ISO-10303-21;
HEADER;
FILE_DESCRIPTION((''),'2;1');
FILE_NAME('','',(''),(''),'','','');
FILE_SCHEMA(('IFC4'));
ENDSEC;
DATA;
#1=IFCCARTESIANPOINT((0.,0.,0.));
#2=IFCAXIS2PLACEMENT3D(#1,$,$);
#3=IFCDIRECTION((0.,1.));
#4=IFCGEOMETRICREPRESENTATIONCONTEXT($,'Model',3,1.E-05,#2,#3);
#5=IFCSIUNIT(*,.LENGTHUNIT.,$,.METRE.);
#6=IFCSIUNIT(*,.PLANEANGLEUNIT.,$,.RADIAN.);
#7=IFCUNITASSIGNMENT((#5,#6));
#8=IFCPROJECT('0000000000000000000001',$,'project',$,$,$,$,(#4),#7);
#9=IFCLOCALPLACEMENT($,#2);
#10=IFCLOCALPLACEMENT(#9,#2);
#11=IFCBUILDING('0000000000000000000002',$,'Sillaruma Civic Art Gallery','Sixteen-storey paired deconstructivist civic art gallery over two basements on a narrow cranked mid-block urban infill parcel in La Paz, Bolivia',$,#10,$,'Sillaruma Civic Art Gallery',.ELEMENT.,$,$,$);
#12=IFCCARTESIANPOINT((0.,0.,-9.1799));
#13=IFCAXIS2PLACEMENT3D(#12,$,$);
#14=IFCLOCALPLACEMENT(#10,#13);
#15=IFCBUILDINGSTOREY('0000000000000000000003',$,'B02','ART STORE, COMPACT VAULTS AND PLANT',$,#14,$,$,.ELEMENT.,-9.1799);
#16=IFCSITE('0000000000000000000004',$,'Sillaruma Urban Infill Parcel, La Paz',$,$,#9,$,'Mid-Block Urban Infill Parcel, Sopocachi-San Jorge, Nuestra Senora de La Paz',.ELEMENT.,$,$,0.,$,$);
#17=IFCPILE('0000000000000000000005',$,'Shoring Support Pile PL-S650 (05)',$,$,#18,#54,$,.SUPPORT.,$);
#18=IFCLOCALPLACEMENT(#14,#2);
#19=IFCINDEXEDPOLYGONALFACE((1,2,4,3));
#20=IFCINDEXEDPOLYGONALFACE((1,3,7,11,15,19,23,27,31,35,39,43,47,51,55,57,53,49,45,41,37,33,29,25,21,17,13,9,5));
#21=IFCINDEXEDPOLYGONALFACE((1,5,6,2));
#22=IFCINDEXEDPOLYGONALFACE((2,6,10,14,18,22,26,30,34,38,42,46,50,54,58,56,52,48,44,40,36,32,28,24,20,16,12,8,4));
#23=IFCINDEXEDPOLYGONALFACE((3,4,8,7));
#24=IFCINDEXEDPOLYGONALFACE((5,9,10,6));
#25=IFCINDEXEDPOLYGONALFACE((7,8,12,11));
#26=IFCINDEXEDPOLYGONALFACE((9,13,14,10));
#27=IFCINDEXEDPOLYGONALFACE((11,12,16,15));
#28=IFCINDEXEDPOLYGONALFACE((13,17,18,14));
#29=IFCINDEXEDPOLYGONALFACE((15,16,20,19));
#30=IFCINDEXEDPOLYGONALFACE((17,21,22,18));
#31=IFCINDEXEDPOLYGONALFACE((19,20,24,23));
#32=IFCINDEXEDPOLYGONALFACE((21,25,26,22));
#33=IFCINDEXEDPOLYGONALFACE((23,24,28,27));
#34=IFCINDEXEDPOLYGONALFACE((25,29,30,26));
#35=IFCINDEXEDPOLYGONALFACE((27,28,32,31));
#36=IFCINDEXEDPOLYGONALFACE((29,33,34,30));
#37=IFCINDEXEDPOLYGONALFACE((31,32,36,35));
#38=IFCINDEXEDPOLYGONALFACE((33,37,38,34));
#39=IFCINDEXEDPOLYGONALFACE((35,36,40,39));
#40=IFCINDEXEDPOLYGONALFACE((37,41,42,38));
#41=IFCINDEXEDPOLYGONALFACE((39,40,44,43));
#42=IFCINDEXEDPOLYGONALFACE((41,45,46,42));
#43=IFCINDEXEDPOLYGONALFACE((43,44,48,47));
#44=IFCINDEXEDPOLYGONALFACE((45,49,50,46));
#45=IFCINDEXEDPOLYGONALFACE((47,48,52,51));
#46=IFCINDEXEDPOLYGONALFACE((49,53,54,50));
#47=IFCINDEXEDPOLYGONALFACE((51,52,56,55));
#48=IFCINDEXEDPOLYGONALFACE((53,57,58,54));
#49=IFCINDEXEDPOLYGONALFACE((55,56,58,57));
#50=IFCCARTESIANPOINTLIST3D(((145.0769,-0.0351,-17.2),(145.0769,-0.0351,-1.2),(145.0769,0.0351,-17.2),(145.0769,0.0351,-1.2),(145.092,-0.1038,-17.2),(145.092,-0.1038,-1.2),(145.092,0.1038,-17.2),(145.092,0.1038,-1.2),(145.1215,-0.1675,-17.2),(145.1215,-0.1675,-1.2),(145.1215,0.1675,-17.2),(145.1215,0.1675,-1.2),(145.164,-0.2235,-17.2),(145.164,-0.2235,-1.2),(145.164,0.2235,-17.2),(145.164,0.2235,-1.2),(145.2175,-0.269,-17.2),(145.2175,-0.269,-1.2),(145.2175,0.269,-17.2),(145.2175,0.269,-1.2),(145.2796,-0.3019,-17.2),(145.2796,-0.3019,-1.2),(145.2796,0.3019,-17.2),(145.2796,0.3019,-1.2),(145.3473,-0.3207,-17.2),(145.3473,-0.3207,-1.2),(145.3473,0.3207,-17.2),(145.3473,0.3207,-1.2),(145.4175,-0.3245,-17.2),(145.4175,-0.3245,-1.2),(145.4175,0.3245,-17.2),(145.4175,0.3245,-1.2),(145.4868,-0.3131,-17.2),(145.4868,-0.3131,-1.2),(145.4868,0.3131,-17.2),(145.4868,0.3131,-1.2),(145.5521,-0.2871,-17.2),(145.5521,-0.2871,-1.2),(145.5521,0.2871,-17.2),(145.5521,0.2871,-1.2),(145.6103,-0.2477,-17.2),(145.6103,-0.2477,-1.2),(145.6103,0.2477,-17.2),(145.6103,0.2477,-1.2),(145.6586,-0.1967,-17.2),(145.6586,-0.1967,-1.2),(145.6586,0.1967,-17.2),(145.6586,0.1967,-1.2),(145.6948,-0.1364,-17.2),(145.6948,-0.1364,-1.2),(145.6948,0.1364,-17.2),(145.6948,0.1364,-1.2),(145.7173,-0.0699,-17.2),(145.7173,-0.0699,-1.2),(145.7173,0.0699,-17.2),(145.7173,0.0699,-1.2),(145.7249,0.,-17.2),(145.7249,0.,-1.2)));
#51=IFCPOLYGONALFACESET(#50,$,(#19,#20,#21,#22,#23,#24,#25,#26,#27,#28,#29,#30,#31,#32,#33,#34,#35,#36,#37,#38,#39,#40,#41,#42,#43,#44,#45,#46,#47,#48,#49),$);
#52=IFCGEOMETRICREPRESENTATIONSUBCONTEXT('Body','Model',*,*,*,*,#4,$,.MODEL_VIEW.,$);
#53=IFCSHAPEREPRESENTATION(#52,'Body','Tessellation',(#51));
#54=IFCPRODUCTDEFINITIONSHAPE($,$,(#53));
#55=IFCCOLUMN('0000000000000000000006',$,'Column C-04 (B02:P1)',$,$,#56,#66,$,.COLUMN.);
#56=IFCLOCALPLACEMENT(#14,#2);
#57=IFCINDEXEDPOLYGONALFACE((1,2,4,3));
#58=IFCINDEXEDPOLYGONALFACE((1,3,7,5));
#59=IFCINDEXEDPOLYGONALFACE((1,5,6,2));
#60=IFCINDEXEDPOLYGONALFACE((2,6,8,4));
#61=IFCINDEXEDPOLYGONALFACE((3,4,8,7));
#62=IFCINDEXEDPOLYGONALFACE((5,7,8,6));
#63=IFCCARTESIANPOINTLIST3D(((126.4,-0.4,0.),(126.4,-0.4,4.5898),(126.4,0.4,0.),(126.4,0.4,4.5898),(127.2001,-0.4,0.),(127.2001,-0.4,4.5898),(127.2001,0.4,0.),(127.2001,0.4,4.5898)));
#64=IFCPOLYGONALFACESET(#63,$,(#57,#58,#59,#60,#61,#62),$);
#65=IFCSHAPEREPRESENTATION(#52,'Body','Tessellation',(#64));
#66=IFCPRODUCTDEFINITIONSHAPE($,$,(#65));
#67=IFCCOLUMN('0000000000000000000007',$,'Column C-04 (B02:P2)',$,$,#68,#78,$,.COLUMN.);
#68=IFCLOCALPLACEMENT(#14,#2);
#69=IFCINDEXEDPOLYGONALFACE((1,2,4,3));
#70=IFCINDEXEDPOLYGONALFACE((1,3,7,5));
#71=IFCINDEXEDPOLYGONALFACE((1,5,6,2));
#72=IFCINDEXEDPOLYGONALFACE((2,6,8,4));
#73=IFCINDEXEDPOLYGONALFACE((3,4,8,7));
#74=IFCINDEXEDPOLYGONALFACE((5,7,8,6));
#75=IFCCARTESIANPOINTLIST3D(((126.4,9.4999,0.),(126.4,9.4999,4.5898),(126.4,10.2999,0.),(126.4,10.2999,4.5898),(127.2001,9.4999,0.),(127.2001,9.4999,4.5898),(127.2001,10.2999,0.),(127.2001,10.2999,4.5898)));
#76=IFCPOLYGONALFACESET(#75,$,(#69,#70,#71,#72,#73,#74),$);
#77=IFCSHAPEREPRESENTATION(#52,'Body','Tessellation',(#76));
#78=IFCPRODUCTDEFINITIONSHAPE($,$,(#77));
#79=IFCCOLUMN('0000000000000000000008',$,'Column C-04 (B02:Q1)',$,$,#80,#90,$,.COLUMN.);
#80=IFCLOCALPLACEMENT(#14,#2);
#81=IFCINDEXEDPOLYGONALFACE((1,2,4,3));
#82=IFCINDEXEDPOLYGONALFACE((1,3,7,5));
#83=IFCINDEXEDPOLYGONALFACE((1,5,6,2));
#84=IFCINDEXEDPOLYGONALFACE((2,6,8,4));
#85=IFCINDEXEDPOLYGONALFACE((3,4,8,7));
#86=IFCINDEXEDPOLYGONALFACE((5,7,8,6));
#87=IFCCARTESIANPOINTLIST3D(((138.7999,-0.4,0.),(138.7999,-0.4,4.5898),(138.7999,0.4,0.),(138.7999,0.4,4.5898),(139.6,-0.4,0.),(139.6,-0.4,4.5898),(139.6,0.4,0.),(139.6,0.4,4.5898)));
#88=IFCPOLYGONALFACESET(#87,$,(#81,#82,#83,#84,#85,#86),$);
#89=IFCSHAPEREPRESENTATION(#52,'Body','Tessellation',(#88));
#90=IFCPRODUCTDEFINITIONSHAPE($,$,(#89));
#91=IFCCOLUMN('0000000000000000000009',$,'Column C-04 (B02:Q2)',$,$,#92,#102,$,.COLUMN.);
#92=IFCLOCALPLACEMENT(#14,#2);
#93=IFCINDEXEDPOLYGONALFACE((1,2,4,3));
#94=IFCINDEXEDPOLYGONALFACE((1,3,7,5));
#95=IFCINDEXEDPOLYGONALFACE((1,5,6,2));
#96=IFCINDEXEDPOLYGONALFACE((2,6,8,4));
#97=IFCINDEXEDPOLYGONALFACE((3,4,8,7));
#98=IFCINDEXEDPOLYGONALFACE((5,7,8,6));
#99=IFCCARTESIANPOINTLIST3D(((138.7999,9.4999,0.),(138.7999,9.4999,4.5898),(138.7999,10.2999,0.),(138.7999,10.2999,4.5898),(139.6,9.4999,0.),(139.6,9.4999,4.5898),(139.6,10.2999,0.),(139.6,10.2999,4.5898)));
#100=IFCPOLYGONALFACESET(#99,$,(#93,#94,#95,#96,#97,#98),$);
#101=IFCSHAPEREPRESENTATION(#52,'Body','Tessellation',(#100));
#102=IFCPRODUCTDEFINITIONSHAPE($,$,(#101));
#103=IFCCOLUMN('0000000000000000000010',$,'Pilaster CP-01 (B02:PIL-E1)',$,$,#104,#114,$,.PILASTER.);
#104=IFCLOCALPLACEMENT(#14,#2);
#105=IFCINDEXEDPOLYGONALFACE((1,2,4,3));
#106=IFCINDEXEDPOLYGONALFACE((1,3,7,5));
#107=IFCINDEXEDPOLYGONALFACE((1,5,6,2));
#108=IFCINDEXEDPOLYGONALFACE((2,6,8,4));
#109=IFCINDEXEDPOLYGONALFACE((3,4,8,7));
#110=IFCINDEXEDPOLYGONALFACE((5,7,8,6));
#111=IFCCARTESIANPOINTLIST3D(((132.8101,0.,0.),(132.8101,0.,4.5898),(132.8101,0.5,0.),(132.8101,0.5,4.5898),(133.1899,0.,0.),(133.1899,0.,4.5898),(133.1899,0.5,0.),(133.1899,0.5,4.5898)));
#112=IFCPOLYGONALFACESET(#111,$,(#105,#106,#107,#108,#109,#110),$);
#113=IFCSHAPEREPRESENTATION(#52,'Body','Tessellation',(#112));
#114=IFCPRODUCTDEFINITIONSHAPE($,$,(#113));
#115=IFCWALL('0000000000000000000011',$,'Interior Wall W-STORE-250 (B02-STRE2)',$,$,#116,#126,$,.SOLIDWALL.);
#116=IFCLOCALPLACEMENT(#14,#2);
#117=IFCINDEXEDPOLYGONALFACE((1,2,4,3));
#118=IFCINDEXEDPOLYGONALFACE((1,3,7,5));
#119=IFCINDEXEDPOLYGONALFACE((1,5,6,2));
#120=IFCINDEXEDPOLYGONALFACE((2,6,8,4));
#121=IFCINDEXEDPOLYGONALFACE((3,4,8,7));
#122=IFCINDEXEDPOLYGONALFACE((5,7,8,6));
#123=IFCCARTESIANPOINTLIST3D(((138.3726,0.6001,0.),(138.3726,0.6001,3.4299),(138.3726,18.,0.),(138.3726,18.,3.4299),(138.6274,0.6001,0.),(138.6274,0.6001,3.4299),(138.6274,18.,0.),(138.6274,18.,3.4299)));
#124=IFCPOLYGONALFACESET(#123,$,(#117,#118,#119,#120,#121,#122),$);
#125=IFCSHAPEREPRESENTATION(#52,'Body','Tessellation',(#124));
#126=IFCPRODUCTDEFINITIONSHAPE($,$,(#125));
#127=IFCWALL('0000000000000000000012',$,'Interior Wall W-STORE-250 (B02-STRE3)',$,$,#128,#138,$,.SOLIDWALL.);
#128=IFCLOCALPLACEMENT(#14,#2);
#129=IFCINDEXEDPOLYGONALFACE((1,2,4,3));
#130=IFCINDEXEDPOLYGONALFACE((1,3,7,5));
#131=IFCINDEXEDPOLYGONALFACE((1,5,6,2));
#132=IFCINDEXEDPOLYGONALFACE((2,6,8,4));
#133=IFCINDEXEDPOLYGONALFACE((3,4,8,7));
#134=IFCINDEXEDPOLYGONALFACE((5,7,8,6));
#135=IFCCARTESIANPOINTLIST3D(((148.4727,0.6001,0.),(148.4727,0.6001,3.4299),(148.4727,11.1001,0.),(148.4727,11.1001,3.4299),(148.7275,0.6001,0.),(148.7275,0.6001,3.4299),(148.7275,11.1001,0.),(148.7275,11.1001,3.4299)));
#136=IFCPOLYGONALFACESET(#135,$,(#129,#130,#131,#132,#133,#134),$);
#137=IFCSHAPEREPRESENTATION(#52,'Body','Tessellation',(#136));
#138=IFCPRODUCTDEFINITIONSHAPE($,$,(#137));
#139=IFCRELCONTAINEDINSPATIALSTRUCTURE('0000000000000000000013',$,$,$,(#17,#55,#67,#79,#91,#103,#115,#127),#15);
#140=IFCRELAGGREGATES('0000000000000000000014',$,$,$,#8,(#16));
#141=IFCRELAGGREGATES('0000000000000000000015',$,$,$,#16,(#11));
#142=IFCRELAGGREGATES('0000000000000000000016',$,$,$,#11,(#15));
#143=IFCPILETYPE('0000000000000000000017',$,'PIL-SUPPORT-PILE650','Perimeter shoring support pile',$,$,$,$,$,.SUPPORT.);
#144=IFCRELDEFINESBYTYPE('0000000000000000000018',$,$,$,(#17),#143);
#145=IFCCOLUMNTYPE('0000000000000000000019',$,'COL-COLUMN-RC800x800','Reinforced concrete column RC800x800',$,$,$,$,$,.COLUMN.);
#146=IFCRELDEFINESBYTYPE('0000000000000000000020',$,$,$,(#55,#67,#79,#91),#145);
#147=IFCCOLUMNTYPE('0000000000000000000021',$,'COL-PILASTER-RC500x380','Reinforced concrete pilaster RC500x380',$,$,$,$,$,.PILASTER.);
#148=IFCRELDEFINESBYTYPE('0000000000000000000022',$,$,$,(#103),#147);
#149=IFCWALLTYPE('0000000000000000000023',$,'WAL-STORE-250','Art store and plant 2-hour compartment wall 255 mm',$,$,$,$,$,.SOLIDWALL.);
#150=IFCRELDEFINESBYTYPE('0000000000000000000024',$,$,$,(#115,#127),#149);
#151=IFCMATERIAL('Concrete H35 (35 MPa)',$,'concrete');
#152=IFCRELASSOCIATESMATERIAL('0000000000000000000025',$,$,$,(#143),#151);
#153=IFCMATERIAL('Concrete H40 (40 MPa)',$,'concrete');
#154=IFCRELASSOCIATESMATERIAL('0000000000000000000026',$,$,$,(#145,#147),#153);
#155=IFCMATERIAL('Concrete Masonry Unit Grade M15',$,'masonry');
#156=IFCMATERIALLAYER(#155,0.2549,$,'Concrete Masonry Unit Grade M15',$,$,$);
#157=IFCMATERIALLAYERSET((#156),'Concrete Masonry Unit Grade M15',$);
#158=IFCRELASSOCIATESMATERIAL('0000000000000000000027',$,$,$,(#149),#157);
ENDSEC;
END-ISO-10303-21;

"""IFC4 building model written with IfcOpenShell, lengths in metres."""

from ifc_helpers import new_model, si_unit, direction, frame, frame_2d, origin, origin_2d, place, context, subcontext, project, spatial, rectangle, circle, extrude, material, layer, layer_set, material_profile, profile_set, type_object, element, save


model = new_model("IFC4")

# Units and contexts
model_context = context("Model", 3, precision=1e-05, world=origin(), true_north=direction((0.0, 1.0)))
body_context = subcontext(model_context, "Body", "Model", "MODEL_VIEW")
ifc_project = project(units=[si_unit("LENGTHUNIT", "METRE"), si_unit("PLANEANGLEUNIT", "RADIAN")], contexts=[model_context])

# Site, building, storey
site_placement = place(None, origin())
site = spatial("IfcSite", under=ifc_project, at=site_placement, Name="Sillaruma Urban Infill Parcel, La Paz", LongName="Mid-Block Urban Infill Parcel, Sopocachi-San Jorge, Nuestra Senora de La Paz", CompositionType="ELEMENT", RefElevation=0.0)
building_placement = place(site_placement, origin())
building = spatial("IfcBuilding", under=site, at=building_placement, Name="Sillaruma Civic Art Gallery", Description="Sixteen-storey paired deconstructivist civic art gallery over two basements on a narrow cranked mid-block urban infill parcel in La Paz, Bolivia", LongName="Sillaruma Civic Art Gallery", CompositionType="ELEMENT")
storey_placement = place(building_placement, frame((0.0, 0.0, -9.1799)))
storey = spatial("IfcBuildingStorey", under=building, at=storey_placement, Name="B02", Description="ART STORE, COMPACT VAULTS AND PLANT", CompositionType="ELEMENT", Elevation=-9.1799)

# Shared definitions
ifc_material_1 = material(Name="Concrete H35 (35 MPa)", Category="concrete")

# Pile
ifc_material_profile_1 = material_profile(ifc_material_1, circle(Radius=0.325, at=origin_2d()), Name="PILE650")
ifc_profile_set_1 = profile_set([ifc_material_profile_1], Name="Concrete H35 (35 MPa)")
pile_type_1 = type_object("IfcPileType", Name="PIL-SUPPORT-PILE650", Description="Perimeter shoring support pile", PredefinedType="SUPPORT", material=ifc_profile_set_1)
pile_placement = place(storey_placement, frame((145.3999, 0.0, -1.2), z_axis=(0.0, 0.0, -1.0), x_axis=(1.0, 0.0, 0.0)))
element("IfcPile", 1, at=pile_placement, inside=storey, type_object=pile_type_1, Name="Shoring Support Pile PL-S650 (05)", PredefinedType="SUPPORT", context=body_context, shape_type="SweptSolid", body=[
    extrude(circle(Radius=0.325, at=origin_2d()), origin(), (0.0, 0.0, 1.0), 16.0),
])

# Columns
ifc_material_2 = material(Name="Concrete H40 (40 MPa)", Category="concrete")
ifc_material_profile_2 = material_profile(ifc_material_2, rectangle(XDim=0.8, YDim=0.8, at=origin_2d()), Name="RC800x800")
ifc_profile_set_2 = profile_set([ifc_material_profile_2], Name="Concrete H40 (40 MPa)")
column_type_1 = type_object("IfcColumnType", Name="COL-COLUMN-RC800x800", Description="Reinforced concrete column RC800x800", PredefinedType="COLUMN", material=ifc_profile_set_2)
for number, where, z_axis, x_axis, name in (
    (2, (126.8, 0.0, 0.0), (0.0, 0.0, 1.0), (1.0, 0.0, 0.0), "Column C-04 (B02:P1)"),
    (3, (126.8, 9.8999, 0.0), (0.0, 0.0, 1.0), (1.0, 0.0, 0.0), "Column C-04 (B02:P2)"),
    (4, (139.2, 0.0, 0.0), (0.0, 0.0, 1.0), (1.0, 0.0, 0.0), "Column C-04 (B02:Q1)"),
    (5, (139.2, 9.8999, 0.0), (0.0, 0.0, 1.0), (1.0, 0.0, 0.0), "Column C-04 (B02:Q2)"),
):
    element("IfcColumn", number, at=place(storey_placement, frame(where, z_axis=z_axis, x_axis=x_axis)), inside=storey, type_object=column_type_1, Name=name, PredefinedType="COLUMN", context=body_context, shape_type="SweptSolid", body=[
        extrude(rectangle(XDim=0.8, YDim=0.8, at=origin_2d()), origin(), (0.0, 0.0, 1.0), 4.5898),
    ])
ifc_material_profile_3 = material_profile(ifc_material_2, rectangle(XDim=0.3799, YDim=0.5, at=origin_2d()), Name="RC500x380")
ifc_profile_set_3 = profile_set([ifc_material_profile_3], Name="Concrete H40 (40 MPa)")
column_type_2 = type_object("IfcColumnType", Name="COL-PILASTER-RC500x380", Description="Reinforced concrete pilaster RC500x380", PredefinedType="PILASTER", material=ifc_profile_set_3)
column_placement = place(storey_placement, frame((133.0, 0.25, 0.0), z_axis=(0.0, 0.0, 1.0), x_axis=(1.0, 0.0, 0.0)))
element("IfcColumn", 6, at=column_placement, inside=storey, type_object=column_type_2, Name="Pilaster CP-01 (B02:PIL-E1)", PredefinedType="PILASTER", context=body_context, shape_type="SweptSolid", body=[
    extrude(rectangle(XDim=0.3799, YDim=0.5, at=origin_2d()), origin(), (0.0, 0.0, 1.0), 4.5898),
])

# Walls
ifc_material_3 = material(Name="Concrete Masonry Unit Grade M15", Category="masonry")
ifc_layer_1 = layer(ifc_material_3, 0.2549, Name="Concrete Masonry Unit Grade M15")
ifc_layer_set_1 = layer_set([ifc_layer_1], Name="Concrete Masonry Unit Grade M15")
wall_type = type_object("IfcWallType", Name="WAL-STORE-250", Description="Art store and plant 2-hour compartment wall 255 mm", PredefinedType="SOLIDWALL", material=ifc_layer_set_1)
wall_1_placement = place(storey_placement, frame((138.5, 0.6001, 0.0), z_axis=(0.0, 0.0, 1.0), x_axis=(0.0, 1.0, 0.0)))
element("IfcWall", 7, at=wall_1_placement, inside=storey, type_object=wall_type, Name="Interior Wall W-STORE-250 (B02-STRE2)", PredefinedType="SOLIDWALL", context=body_context, shape_type="SweptSolid", body=[
    extrude(rectangle(XDim=17.3999, YDim=0.2549, at=frame_2d((8.7, 0.0))), origin(), (0.0, 0.0, 1.0), 3.4299),
])
wall_2_placement = place(storey_placement, frame((148.6001, 0.6001, 0.0), z_axis=(0.0, 0.0, 1.0), x_axis=(0.0, 1.0, 0.0)))
element("IfcWall", 8, at=wall_2_placement, inside=storey, type_object=wall_type, Name="Interior Wall W-STORE-250 (B02-STRE3)", PredefinedType="SOLIDWALL", context=body_context, shape_type="SweptSolid", body=[
    extrude(rectangle(XDim=10.5, YDim=0.2549, at=frame_2d((5.25, 0.0))), origin(), (0.0, 0.0, 1.0), 3.4299),
])

save(model, "model.ifc")
